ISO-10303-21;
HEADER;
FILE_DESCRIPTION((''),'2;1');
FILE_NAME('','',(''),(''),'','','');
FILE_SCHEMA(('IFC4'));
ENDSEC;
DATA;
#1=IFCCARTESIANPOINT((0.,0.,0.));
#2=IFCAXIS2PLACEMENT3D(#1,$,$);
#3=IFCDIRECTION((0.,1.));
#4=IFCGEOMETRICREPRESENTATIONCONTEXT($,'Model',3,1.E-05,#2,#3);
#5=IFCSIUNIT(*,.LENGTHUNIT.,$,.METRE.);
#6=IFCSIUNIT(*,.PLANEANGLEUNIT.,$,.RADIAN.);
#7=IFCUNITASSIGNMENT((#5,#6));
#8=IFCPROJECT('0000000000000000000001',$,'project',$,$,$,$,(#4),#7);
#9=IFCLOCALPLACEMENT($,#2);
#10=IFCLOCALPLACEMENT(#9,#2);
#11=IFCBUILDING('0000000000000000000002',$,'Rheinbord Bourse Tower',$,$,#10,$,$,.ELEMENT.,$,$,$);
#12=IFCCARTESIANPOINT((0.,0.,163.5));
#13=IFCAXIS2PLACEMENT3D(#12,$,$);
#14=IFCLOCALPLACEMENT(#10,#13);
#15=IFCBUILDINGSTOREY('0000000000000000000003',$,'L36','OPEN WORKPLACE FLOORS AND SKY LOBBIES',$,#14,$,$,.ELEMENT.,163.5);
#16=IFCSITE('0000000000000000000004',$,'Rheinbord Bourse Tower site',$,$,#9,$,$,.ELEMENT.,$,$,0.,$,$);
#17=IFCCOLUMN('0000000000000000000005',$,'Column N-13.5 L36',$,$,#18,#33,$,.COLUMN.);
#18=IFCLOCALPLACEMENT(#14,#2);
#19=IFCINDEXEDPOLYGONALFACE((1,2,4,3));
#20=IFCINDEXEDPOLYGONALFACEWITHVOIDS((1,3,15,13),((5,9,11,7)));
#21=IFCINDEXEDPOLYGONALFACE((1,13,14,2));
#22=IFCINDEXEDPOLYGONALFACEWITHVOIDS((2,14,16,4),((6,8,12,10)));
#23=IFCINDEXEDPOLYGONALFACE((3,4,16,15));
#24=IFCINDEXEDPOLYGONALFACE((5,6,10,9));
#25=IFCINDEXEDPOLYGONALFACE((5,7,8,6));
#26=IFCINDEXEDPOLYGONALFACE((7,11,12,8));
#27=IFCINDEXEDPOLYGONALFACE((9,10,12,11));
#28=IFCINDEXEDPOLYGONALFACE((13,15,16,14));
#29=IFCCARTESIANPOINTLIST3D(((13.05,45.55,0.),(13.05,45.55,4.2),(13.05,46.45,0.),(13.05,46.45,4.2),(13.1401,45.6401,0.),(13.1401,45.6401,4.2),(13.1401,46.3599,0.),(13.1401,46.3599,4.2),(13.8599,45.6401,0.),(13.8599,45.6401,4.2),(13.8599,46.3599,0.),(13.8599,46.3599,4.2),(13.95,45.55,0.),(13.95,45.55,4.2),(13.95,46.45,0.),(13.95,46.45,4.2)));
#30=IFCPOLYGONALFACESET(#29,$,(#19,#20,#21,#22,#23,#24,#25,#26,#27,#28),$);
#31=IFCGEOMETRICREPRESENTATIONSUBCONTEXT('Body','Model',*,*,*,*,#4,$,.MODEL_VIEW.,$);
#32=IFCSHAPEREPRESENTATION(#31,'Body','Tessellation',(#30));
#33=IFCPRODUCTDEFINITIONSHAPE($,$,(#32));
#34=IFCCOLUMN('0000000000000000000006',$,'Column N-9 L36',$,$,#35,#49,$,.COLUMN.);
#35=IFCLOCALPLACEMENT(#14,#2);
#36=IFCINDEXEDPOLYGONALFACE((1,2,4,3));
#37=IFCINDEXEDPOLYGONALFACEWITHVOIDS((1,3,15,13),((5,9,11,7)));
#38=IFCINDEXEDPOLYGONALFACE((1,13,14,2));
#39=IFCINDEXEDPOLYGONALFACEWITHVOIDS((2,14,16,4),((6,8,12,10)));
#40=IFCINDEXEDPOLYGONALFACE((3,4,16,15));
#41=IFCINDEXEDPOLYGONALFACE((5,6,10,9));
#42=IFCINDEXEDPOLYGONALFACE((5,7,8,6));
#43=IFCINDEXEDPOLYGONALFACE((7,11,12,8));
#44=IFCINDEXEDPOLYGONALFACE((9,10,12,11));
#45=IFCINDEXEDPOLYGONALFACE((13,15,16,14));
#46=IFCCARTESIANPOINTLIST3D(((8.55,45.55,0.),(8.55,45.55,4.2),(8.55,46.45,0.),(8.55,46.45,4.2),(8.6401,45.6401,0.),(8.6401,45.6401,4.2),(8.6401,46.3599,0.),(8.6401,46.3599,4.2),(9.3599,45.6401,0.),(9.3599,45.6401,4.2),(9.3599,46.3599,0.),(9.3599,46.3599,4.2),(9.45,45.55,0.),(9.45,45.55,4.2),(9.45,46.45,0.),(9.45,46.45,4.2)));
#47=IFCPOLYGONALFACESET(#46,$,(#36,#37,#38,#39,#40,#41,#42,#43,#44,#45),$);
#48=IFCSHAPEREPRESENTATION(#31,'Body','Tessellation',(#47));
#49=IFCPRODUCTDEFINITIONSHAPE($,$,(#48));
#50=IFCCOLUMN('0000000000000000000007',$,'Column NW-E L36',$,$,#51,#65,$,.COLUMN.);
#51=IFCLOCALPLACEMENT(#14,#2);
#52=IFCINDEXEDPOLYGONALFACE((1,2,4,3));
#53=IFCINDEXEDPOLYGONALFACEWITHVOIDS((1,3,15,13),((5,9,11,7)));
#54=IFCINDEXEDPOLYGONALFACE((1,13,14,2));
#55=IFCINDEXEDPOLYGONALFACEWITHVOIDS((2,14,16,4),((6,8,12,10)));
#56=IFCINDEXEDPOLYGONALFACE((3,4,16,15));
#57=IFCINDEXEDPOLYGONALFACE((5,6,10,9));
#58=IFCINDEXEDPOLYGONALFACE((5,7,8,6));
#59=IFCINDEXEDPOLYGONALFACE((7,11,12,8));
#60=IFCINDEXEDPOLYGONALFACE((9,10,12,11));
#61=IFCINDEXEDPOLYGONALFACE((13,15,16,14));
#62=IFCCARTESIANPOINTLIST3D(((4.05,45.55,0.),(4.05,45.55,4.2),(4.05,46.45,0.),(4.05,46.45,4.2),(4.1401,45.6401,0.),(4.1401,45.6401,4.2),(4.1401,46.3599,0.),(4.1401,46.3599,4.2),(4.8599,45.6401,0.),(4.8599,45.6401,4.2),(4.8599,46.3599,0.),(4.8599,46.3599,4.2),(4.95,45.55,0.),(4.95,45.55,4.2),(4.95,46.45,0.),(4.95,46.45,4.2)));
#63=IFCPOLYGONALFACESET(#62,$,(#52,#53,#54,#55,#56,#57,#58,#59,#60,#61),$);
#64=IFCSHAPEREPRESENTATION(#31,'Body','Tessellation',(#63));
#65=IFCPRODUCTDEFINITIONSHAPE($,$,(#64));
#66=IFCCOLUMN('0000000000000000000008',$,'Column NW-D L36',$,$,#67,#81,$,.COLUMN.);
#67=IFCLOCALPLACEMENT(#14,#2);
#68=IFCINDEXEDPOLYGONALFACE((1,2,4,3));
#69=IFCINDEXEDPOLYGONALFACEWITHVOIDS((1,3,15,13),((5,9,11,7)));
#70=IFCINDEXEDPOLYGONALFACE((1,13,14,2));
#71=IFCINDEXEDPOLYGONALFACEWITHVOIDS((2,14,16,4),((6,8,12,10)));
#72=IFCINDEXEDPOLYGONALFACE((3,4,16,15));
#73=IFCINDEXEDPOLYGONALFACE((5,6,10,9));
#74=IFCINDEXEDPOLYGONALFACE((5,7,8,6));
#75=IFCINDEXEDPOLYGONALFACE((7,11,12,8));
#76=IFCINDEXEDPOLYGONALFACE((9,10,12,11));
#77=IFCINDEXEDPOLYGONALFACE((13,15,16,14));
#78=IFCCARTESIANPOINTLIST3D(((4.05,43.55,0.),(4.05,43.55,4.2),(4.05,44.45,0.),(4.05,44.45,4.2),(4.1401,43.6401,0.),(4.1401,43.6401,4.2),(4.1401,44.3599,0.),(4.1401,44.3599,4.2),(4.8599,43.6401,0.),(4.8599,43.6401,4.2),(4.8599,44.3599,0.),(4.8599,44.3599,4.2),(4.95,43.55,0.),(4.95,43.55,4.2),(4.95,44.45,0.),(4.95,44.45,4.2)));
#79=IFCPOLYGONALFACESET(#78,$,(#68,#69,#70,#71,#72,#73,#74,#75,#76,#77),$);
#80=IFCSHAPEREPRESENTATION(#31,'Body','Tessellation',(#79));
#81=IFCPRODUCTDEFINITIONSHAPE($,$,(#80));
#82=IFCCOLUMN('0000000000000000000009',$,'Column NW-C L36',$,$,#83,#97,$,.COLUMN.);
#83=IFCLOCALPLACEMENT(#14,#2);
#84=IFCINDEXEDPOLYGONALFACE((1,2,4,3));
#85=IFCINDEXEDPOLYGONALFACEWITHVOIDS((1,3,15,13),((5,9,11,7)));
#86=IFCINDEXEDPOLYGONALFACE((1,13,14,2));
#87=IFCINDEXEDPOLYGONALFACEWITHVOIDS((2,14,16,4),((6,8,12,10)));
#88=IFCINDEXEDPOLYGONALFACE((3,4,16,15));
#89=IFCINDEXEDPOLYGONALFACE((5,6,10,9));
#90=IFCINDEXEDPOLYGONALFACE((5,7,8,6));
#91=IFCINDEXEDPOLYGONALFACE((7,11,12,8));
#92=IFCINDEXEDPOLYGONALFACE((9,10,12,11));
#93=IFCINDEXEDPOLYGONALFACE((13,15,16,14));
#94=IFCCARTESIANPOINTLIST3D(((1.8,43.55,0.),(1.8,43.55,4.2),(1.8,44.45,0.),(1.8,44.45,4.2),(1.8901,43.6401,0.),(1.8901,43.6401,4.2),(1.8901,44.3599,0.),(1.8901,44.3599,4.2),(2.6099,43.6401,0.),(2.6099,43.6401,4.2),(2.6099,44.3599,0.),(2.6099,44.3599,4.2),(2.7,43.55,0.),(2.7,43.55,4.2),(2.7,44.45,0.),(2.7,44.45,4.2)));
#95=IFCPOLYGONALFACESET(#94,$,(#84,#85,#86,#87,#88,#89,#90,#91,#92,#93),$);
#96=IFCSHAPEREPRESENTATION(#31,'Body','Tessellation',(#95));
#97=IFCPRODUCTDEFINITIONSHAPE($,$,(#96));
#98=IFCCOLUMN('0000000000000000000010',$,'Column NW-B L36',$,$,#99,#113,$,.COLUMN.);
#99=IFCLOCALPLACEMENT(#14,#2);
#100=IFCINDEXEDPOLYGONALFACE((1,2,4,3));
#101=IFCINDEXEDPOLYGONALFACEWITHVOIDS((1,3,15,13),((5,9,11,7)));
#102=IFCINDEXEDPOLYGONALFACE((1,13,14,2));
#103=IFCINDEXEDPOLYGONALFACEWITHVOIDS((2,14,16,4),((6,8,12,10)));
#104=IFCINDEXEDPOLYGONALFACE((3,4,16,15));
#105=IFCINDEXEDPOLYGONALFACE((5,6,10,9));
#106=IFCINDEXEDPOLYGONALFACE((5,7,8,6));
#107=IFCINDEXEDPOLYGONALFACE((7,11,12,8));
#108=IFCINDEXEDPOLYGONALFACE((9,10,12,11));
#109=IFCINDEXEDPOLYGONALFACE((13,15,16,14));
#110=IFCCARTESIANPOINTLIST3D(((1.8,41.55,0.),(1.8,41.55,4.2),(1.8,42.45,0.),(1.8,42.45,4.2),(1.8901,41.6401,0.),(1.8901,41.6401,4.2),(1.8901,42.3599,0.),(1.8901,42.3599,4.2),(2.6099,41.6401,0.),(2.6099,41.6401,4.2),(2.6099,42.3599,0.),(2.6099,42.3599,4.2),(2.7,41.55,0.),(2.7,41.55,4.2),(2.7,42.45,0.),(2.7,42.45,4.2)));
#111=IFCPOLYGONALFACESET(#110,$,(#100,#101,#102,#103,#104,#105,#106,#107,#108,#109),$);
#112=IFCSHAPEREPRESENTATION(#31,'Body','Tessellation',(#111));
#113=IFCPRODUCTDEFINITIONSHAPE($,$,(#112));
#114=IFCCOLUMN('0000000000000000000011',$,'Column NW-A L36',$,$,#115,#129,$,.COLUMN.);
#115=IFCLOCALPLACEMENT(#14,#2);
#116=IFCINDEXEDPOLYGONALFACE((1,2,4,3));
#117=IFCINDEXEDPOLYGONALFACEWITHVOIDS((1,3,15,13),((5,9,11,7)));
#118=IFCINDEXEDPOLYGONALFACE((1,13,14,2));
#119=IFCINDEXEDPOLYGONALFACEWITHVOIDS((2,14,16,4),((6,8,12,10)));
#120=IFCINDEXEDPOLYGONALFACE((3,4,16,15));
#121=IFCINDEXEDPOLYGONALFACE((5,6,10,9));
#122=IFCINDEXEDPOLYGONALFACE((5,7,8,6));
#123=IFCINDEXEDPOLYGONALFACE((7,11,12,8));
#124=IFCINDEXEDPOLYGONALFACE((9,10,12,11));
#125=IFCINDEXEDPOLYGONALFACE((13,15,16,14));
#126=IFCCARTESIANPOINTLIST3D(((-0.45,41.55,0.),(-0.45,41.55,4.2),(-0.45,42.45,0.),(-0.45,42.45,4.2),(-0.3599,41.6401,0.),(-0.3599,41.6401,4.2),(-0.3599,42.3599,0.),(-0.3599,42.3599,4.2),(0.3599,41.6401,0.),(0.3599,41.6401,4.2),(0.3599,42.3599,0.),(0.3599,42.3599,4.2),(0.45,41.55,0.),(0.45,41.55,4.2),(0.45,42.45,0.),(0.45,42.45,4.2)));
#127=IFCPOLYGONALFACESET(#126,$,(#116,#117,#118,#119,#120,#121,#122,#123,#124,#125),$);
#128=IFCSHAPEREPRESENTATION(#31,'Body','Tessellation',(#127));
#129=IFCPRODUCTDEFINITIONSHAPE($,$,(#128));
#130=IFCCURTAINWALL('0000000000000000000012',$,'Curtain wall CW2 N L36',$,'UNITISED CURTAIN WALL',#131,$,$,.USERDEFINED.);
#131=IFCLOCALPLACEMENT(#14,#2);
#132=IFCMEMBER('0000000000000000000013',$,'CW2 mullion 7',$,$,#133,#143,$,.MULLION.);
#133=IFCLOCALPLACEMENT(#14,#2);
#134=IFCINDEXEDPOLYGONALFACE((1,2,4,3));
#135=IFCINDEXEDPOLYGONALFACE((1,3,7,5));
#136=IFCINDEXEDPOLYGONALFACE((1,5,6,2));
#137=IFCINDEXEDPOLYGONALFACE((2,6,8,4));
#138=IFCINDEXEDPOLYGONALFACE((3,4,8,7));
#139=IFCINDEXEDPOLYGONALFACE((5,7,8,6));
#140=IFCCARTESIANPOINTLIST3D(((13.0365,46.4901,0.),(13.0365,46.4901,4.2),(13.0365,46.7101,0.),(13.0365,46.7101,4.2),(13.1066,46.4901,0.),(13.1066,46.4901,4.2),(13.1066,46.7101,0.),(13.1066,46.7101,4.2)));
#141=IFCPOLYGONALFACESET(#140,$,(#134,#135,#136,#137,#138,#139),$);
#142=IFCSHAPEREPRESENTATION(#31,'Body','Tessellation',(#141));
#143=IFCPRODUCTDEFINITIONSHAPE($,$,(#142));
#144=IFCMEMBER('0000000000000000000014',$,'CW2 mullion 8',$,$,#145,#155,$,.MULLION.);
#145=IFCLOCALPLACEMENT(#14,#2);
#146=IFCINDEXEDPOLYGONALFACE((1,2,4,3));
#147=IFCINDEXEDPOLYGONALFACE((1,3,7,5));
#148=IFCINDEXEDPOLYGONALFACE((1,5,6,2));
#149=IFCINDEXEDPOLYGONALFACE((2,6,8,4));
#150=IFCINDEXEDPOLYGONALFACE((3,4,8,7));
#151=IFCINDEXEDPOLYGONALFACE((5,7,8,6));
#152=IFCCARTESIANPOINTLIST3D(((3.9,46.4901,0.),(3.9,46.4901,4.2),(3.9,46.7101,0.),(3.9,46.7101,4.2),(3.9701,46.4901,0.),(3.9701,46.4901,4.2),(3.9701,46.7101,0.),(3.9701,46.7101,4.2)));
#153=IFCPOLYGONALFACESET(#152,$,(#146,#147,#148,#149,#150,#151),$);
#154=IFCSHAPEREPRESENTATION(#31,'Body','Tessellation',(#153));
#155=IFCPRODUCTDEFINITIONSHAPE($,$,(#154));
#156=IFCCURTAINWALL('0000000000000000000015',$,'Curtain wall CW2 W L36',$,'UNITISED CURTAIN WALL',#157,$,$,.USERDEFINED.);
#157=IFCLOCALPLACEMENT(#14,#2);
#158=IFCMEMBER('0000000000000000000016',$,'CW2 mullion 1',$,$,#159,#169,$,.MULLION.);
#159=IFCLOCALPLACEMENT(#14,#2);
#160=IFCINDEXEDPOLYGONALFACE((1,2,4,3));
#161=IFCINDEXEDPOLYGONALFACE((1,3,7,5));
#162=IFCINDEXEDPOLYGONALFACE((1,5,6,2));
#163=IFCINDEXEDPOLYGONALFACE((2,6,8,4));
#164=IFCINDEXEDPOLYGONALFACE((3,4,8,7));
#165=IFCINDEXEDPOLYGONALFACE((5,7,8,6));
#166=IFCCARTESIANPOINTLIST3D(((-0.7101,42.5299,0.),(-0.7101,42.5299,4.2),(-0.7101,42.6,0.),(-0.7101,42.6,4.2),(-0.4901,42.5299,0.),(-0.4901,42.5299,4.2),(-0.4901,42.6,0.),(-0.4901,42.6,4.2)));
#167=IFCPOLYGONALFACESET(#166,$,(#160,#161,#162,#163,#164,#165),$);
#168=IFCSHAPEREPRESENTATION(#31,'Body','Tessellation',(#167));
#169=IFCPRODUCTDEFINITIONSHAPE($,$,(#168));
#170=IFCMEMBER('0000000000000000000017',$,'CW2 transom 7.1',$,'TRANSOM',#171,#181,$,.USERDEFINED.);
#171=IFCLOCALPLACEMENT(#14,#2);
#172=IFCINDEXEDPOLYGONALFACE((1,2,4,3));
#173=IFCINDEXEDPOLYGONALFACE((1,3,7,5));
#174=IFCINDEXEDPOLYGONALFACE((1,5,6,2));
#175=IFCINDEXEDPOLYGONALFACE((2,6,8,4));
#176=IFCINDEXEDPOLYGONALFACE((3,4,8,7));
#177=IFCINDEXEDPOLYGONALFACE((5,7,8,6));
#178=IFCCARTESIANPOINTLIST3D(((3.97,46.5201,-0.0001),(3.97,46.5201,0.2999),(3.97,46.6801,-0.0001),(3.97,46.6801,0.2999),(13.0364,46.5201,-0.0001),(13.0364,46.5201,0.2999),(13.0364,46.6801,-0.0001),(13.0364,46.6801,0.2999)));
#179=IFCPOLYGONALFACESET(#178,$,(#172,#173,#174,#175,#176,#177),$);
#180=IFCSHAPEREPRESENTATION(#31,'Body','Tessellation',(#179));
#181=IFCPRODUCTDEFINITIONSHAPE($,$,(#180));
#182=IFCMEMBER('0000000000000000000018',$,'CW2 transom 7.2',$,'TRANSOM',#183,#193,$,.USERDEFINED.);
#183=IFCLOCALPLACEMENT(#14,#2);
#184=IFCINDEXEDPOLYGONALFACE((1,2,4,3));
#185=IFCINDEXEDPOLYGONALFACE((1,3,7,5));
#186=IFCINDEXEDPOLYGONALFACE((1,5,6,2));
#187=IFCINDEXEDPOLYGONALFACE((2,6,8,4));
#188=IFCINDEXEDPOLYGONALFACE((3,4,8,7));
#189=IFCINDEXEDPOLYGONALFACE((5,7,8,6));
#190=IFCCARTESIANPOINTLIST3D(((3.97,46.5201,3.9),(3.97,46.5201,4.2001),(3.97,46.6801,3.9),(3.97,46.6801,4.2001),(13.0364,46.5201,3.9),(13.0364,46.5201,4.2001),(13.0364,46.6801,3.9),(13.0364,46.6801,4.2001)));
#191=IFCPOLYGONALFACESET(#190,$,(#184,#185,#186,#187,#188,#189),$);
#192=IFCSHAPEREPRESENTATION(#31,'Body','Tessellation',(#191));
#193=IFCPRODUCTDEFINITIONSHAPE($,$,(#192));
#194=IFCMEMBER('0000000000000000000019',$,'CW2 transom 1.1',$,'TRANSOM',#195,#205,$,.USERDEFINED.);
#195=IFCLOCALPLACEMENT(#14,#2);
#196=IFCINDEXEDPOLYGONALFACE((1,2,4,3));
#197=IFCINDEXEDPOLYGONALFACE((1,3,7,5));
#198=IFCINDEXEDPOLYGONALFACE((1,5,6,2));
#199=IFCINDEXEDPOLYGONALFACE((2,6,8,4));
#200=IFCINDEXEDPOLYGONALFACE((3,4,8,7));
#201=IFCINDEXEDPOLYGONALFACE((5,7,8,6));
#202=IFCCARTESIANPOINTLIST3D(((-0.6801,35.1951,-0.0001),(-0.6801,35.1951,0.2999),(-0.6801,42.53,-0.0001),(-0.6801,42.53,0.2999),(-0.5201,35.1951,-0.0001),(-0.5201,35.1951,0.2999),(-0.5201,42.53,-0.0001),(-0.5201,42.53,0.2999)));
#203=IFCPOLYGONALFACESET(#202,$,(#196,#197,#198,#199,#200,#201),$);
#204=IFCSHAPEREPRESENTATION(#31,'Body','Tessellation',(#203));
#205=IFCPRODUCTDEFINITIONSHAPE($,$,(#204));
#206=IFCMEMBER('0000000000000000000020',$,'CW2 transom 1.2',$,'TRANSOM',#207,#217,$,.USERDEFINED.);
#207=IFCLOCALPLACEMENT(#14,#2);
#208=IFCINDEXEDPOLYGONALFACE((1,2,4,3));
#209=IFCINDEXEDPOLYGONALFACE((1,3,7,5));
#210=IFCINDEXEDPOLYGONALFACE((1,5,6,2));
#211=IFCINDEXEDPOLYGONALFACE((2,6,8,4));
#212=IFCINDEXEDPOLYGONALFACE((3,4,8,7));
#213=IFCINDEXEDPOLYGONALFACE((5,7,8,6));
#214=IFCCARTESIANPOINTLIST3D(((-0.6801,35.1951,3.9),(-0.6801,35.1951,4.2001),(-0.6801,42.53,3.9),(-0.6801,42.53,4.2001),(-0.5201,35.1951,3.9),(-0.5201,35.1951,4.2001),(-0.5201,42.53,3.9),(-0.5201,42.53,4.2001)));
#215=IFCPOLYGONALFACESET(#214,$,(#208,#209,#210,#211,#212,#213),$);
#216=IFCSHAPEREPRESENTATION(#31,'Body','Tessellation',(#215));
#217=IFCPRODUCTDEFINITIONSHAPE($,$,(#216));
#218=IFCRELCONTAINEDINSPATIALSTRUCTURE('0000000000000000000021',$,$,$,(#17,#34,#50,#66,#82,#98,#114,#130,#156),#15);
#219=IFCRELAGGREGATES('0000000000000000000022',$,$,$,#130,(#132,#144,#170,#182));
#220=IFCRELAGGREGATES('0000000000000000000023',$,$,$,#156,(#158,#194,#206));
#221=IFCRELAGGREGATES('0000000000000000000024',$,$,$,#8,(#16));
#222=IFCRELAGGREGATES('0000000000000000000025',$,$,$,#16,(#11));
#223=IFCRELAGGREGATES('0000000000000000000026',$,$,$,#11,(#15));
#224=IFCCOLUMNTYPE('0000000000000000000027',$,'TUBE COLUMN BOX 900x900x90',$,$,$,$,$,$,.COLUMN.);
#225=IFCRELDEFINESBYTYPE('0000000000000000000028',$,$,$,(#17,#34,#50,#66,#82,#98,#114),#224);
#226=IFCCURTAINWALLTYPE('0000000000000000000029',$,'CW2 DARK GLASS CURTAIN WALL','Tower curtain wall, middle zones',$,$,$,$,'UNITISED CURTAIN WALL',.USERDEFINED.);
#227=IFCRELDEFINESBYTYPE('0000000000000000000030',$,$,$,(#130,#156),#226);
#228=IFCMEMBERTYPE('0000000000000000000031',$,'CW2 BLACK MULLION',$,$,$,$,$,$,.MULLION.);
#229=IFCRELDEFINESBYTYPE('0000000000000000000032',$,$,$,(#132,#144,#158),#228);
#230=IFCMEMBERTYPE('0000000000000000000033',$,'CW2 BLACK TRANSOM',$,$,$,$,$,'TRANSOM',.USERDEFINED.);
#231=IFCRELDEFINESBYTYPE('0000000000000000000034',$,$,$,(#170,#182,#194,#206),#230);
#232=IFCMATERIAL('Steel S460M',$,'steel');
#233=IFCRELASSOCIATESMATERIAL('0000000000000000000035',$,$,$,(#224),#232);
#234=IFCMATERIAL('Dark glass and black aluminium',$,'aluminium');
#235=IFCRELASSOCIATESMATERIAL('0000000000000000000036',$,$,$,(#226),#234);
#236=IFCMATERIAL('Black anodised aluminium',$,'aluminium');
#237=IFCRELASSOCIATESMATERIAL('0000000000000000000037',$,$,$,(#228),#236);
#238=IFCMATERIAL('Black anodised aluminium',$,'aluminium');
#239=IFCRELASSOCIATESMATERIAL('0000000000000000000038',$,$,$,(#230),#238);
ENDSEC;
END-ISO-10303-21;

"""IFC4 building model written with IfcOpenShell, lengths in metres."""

from ifc_helpers import new_model, si_unit, direction, frame, origin, origin_2d, place, context, subcontext, project, spatial, rectangle, hollow_rectangle, extrude, material, material_profile, profile_set, type_object, element, aggregate, save


model = new_model("IFC4")

# Units and contexts
model_context = context("Model", 3, precision=1e-05, world=origin(), true_north=direction((0.0, 1.0)))
body_context = subcontext(model_context, "Body", "Model", "MODEL_VIEW")
ifc_project = project(units=[si_unit("LENGTHUNIT", "METRE"), si_unit("PLANEANGLEUNIT", "RADIAN")], contexts=[model_context])

# Site, building, storey
site_placement = place(None, origin())
site = spatial("IfcSite", under=ifc_project, at=site_placement, Name="Rheinbord Bourse Tower site", CompositionType="ELEMENT", RefElevation=0.0)
building_placement = place(site_placement, origin())
building = spatial("IfcBuilding", under=site, at=building_placement, Name="Rheinbord Bourse Tower", CompositionType="ELEMENT")
storey_placement = place(building_placement, frame((0.0, 0.0, 163.5)))
storey = spatial("IfcBuildingStorey", under=building, at=storey_placement, Name="L36", Description="OPEN WORKPLACE FLOORS AND SKY LOBBIES", CompositionType="ELEMENT", Elevation=163.5)

# Columns
ifc_material_1 = material(Name="Steel S460M", Category="steel")
ifc_material_profile_1 = material_profile(ifc_material_1, hollow_rectangle(XDim=0.8999, YDim=0.8999, WallThickness=0.0901, at=origin_2d()), Name="BOX 900x900x90")
ifc_profile_set_1 = profile_set([ifc_material_profile_1], Name="Steel S460M")
column_type = type_object("IfcColumnType", Name="TUBE COLUMN BOX 900x900x90", PredefinedType="COLUMN", material=ifc_profile_set_1)
for number, where, z_axis, x_axis, name in (
    (1, (13.5, 46.0, 0.0), (0.0, 0.0, 1.0), (0.0, 1.0, 0.0), "Column N-13.5 L36"),
    (2, (9.0, 46.0, 0.0), (0.0, 0.0, 1.0), (0.0, 1.0, 0.0), "Column N-9 L36"),
    (3, (4.5, 46.0, 0.0), (0.0, 0.0, 1.0), (0.0, 1.0, 0.0), "Column NW-E L36"),
    (4, (4.5, 44.0, 0.0), (0.0, 0.0, 1.0), (0.0, 1.0, 0.0), "Column NW-D L36"),
    (5, (2.25, 44.0, 0.0), (0.0, 0.0, 1.0), (1.0, 0.0, 0.0), "Column NW-C L36"),
    (6, (2.25, 42.0, 0.0), (0.0, 0.0, 1.0), (1.0, 0.0, 0.0), "Column NW-B L36"),
    (7, (0.0, 42.0, 0.0), (0.0, 0.0, 1.0), (1.0, 0.0, 0.0), "Column NW-A L36"),
):
    element("IfcColumn", number, at=place(storey_placement, frame(where, z_axis=z_axis, x_axis=x_axis)), inside=storey, type_object=column_type, Name=name, PredefinedType="COLUMN", context=body_context, shape_type="SweptSolid", body=[
        extrude(hollow_rectangle(XDim=0.8999, YDim=0.8999, WallThickness=0.0901, at=origin_2d()), origin(), (0.0, 0.0, 1.0), 4.2),
    ])

# Curtain wall, members
ifc_material_2 = material(Name="Dark glass and black aluminium", Category="aluminium")
curtain_wall_type = type_object("IfcCurtainWallType", Name="CW2 DARK GLASS CURTAIN WALL", Description="Tower curtain wall, middle zones", ElementType="UNITISED CURTAIN WALL", PredefinedType="USERDEFINED", material=ifc_material_2)
curtain_wall_1_placement = place(storey_placement, origin())
curtain_wall_1 = element("IfcCurtainWall", 8, at=curtain_wall_1_placement, inside=storey, type_object=curtain_wall_type, Name="Curtain wall CW2 N L36", ObjectType="UNITISED CURTAIN WALL", PredefinedType="USERDEFINED")
ifc_material_3 = material(Name="Black anodised aluminium", Category="aluminium")
ifc_material_profile_2 = material_profile(ifc_material_3, rectangle(XDim=0.22, YDim=0.0701, at=origin_2d()), Name="CW2 MULLION 70x220")
ifc_profile_set_2 = profile_set([ifc_material_profile_2], Name="Black anodised aluminium")
member_type_1 = type_object("IfcMemberType", Name="CW2 BLACK MULLION", PredefinedType="MULLION", material=ifc_profile_set_2)
member_1_placement = place(storey_placement, frame((13.0715, 46.6001, 0.0), z_axis=(0.0, 0.0, 1.0), x_axis=(0.0, -1.0, 0.0)))
member_1 = element("IfcMember", 9, at=member_1_placement, type_object=member_type_1, Name="CW2 mullion 7", PredefinedType="MULLION", context=body_context, shape_type="SweptSolid", body=[
    extrude(rectangle(XDim=0.22, YDim=0.0701, at=origin_2d()), origin(), (0.0, 0.0, 1.0), 4.2),
])
member_2_placement = place(storey_placement, frame((3.9351, 46.6001, 0.0), z_axis=(0.0, 0.0, 1.0), x_axis=(0.0, -1.0, 0.0)))
member_2 = element("IfcMember", 10, at=member_2_placement, type_object=member_type_1, Name="CW2 mullion 8", PredefinedType="MULLION", context=body_context, shape_type="SweptSolid", body=[
    extrude(rectangle(XDim=0.22, YDim=0.0701, at=origin_2d()), origin(), (0.0, 0.0, 1.0), 4.2),
])

# Curtain wall, member
curtain_wall_2_placement = place(storey_placement, origin())
curtain_wall_2 = element("IfcCurtainWall", 11, at=curtain_wall_2_placement, inside=storey, type_object=curtain_wall_type, Name="Curtain wall CW2 W L36", ObjectType="UNITISED CURTAIN WALL", PredefinedType="USERDEFINED")
member_3_placement = place(storey_placement, frame((-0.6001, 42.5649, 0.0), z_axis=(0.0, 0.0, 1.0), x_axis=(1.0, 0.0, 0.0)))
member_3 = element("IfcMember", 12, at=member_3_placement, type_object=member_type_1, Name="CW2 mullion 1", PredefinedType="MULLION", context=body_context, shape_type="SweptSolid", body=[
    extrude(rectangle(XDim=0.22, YDim=0.0701, at=origin_2d()), origin(), (0.0, 0.0, 1.0), 4.2),
])

# Members
ifc_material_4 = material(Name="Black anodised aluminium", Category="aluminium")
ifc_material_profile_3 = material_profile(ifc_material_4, rectangle(XDim=0.1599, YDim=0.3, at=origin_2d()), Name="CW2 TRANSOM 300x160")
ifc_profile_set_3 = profile_set([ifc_material_profile_3], Name="Black anodised aluminium")
member_type_2 = type_object("IfcMemberType", Name="CW2 BLACK TRANSOM", ElementType="TRANSOM", PredefinedType="USERDEFINED", material=ifc_profile_set_3)
member_4_placement = place(storey_placement, frame((13.0364, 46.6001, 0.1499), z_axis=(-1.0, 0.0, 0.0), x_axis=(0.0, -1.0, 0.0)))
member_4 = element("IfcMember", 13, at=member_4_placement, type_object=member_type_2, Name="CW2 transom 7.1", ObjectType="TRANSOM", PredefinedType="USERDEFINED", context=body_context, shape_type="SweptSolid", body=[
    extrude(rectangle(XDim=0.1599, YDim=0.3, at=origin_2d()), origin(), (0.0, 0.0, 1.0), 9.0664),
])
member_5_placement = place(storey_placement, frame((13.0364, 46.6001, 4.05), z_axis=(-1.0, 0.0, 0.0), x_axis=(0.0, -1.0, 0.0)))
member_5 = element("IfcMember", 14, at=member_5_placement, type_object=member_type_2, Name="CW2 transom 7.2", ObjectType="TRANSOM", PredefinedType="USERDEFINED", context=body_context, shape_type="SweptSolid", body=[
    extrude(rectangle(XDim=0.1599, YDim=0.3, at=origin_2d()), origin(), (0.0, 0.0, 1.0), 9.0664),
])
member_6_placement = place(storey_placement, frame((-0.6001, 42.53, 0.1499), z_axis=(0.0, -1.0, 0.0), x_axis=(1.0, 0.0, 0.0)))
member_6 = element("IfcMember", 15, at=member_6_placement, type_object=member_type_2, Name="CW2 transom 1.1", ObjectType="TRANSOM", PredefinedType="USERDEFINED", context=body_context, shape_type="SweptSolid", body=[
    extrude(rectangle(XDim=0.1599, YDim=0.3, at=origin_2d()), origin(), (0.0, 0.0, 1.0), 7.335),
])
member_7_placement = place(storey_placement, frame((-0.6001, 42.53, 4.05), z_axis=(0.0, -1.0, 0.0), x_axis=(1.0, 0.0, 0.0)))
member_7 = element("IfcMember", 16, at=member_7_placement, type_object=member_type_2, Name="CW2 transom 1.2", ObjectType="TRANSOM", PredefinedType="USERDEFINED", context=body_context, shape_type="SweptSolid", body=[
    extrude(rectangle(XDim=0.1599, YDim=0.3, at=origin_2d()), origin(), (0.0, 0.0, 1.0), 7.335),
])

aggregate(curtain_wall_1, [member_1, member_2, member_4, member_5])
aggregate(curtain_wall_2, [member_3, member_6, member_7])

save(model, "model.ifc")
